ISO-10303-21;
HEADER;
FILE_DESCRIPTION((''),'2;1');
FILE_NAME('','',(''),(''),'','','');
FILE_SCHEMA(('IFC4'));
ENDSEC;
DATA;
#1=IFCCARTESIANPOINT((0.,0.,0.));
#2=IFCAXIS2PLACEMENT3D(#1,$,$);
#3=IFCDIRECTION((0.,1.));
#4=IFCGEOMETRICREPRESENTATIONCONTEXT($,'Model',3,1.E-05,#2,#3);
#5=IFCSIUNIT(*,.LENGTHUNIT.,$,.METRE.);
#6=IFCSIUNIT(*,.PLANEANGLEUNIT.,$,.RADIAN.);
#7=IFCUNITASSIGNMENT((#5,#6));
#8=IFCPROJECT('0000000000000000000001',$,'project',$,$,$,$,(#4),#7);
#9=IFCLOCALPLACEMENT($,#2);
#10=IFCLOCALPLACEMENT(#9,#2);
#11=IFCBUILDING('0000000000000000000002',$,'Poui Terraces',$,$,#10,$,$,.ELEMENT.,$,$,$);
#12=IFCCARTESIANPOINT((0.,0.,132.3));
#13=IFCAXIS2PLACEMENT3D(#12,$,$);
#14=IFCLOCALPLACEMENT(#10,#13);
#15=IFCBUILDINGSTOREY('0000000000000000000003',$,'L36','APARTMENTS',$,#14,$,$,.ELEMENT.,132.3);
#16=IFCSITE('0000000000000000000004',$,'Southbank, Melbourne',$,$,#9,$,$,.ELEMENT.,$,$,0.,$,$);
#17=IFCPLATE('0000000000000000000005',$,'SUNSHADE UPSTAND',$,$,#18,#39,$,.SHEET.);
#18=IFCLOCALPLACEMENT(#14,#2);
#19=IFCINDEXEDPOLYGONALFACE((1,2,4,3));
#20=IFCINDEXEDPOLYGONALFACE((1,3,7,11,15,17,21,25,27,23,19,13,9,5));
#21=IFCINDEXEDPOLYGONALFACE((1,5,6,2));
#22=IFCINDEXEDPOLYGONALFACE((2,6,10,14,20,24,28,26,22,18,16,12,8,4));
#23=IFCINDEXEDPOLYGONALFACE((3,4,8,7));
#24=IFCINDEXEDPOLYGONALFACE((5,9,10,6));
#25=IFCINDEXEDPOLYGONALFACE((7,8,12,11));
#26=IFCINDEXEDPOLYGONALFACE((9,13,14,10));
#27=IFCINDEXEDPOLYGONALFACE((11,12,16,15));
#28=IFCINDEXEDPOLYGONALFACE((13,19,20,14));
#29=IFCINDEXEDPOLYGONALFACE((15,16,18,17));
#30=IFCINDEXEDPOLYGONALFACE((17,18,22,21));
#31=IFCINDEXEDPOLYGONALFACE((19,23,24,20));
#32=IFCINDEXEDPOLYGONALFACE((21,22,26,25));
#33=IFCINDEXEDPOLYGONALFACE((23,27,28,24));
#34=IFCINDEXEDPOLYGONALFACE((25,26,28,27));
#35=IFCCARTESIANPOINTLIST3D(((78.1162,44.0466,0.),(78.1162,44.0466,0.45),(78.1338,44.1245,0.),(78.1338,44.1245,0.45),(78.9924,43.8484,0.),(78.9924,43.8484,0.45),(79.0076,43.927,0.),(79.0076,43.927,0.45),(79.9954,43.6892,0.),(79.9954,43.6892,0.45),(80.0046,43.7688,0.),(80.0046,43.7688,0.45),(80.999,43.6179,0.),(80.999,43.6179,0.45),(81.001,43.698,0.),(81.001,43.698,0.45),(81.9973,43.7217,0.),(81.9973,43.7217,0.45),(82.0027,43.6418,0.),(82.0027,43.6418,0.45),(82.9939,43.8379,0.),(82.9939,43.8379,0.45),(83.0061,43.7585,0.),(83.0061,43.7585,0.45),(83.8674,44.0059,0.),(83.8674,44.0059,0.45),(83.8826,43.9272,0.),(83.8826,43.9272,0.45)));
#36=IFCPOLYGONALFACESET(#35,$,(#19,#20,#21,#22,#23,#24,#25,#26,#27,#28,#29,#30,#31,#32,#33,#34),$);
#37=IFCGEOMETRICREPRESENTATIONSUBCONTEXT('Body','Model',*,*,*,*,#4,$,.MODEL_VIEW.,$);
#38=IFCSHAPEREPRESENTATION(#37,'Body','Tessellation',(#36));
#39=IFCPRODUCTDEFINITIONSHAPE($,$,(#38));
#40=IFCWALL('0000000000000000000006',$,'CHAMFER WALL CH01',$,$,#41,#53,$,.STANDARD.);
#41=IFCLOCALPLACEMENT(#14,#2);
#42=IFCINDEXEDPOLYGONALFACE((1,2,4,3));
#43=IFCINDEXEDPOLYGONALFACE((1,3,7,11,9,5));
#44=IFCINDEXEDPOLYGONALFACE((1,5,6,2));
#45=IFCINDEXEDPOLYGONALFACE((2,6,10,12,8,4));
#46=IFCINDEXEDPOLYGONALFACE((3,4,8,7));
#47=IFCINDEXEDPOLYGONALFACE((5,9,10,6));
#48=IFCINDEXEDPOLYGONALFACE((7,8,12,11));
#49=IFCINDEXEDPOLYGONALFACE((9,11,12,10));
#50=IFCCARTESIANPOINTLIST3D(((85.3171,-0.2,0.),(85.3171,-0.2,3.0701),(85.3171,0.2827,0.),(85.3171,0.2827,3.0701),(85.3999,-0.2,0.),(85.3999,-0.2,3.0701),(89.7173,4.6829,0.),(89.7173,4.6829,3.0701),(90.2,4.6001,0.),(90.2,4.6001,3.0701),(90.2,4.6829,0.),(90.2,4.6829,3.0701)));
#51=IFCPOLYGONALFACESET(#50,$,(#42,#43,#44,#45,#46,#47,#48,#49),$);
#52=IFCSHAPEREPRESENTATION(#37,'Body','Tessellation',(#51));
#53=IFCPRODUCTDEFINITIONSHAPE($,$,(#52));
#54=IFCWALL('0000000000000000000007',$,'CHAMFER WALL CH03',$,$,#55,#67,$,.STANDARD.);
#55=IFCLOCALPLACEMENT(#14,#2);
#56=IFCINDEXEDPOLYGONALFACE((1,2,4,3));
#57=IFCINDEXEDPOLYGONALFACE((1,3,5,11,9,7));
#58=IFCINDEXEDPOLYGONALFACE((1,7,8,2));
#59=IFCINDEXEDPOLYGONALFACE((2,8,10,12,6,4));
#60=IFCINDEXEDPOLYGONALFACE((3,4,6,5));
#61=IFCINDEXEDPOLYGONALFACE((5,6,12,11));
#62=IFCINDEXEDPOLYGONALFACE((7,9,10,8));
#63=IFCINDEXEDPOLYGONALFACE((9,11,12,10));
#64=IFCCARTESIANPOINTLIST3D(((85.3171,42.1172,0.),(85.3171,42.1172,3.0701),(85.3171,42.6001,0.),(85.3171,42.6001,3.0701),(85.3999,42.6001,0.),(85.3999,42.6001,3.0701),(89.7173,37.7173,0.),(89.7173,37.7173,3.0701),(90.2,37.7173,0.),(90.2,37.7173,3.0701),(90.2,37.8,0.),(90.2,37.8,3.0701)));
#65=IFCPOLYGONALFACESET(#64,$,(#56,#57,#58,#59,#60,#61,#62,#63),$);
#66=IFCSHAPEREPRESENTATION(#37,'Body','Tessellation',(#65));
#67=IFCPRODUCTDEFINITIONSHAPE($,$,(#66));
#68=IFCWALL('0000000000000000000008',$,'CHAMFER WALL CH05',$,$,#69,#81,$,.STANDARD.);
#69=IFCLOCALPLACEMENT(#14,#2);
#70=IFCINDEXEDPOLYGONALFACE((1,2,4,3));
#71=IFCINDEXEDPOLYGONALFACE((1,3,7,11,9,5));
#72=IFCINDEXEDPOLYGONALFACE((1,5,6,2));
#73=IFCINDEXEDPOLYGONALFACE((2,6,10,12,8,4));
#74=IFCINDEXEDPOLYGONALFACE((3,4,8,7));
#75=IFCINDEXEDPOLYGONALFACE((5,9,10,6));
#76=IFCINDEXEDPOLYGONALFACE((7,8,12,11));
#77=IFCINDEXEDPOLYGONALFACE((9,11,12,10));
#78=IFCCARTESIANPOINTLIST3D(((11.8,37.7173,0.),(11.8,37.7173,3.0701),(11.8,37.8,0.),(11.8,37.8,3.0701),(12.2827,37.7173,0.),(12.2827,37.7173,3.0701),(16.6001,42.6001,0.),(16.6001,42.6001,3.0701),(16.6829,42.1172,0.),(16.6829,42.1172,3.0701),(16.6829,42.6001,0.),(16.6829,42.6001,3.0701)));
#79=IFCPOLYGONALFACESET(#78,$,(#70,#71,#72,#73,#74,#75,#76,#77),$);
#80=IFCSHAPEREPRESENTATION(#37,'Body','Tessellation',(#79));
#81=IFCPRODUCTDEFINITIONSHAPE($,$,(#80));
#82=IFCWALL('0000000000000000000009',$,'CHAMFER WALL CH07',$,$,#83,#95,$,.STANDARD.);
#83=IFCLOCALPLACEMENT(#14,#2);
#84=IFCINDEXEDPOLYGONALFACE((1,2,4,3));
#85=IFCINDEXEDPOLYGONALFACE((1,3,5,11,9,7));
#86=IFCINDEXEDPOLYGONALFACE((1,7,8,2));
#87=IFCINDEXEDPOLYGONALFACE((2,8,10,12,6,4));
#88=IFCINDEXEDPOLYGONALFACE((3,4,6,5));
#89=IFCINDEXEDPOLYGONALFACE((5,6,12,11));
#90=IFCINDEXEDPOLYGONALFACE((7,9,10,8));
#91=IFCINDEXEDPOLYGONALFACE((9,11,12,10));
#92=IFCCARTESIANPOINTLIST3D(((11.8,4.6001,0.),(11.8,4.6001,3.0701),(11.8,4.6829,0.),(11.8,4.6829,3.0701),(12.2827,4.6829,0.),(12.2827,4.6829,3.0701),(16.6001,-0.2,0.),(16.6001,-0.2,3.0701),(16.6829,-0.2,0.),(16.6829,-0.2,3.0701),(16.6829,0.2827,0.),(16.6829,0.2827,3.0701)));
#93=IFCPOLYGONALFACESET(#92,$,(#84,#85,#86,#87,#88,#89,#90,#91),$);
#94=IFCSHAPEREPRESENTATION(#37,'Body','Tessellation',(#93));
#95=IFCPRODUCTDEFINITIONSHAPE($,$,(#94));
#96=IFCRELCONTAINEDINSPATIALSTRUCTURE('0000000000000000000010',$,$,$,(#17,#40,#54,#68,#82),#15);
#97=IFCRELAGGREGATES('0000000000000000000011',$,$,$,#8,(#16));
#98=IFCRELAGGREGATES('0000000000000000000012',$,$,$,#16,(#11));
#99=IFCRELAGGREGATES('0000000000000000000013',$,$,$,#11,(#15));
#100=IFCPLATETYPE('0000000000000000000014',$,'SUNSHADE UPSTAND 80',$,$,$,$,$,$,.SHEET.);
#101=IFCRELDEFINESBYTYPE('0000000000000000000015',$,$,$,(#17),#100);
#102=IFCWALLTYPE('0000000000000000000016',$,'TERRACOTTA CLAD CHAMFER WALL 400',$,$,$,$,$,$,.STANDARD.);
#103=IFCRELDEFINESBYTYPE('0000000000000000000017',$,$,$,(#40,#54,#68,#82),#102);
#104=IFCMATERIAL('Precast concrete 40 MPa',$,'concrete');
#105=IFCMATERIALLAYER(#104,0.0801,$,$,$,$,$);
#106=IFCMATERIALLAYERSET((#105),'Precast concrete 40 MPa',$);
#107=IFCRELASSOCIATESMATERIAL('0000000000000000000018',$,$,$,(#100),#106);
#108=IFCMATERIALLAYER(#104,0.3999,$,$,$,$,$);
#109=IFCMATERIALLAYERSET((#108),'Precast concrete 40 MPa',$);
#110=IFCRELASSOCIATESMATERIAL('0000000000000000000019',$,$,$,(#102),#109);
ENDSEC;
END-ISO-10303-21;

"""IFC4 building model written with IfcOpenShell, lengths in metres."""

from ifc_helpers import new_model, si_unit, direction, frame, origin, place, context, subcontext, project, spatial, polyline, outline, extrude, material, layer, layer_set, type_object, element, save


model = new_model("IFC4")

# Units and contexts
model_context = context("Model", 3, precision=1e-05, world=origin(), true_north=direction((0.0, 1.0)))
body_context = subcontext(model_context, "Body", "Model", "MODEL_VIEW")
ifc_project = project(units=[si_unit("LENGTHUNIT", "METRE"), si_unit("PLANEANGLEUNIT", "RADIAN")], contexts=[model_context])

# Site, building, storey
site_placement = place(None, origin())
site = spatial("IfcSite", under=ifc_project, at=site_placement, Name="Southbank, Melbourne", CompositionType="ELEMENT", RefElevation=0.0)
building_placement = place(site_placement, origin())
building = spatial("IfcBuilding", under=site, at=building_placement, Name="Poui Terraces", CompositionType="ELEMENT")
storey_placement = place(building_placement, frame((0.0, 0.0, 132.3)))
storey = spatial("IfcBuildingStorey", under=building, at=storey_placement, Name="L36", Description="APARTMENTS", CompositionType="ELEMENT", Elevation=132.3)

# Shared definitions
ifc_material_1 = material(Name="Precast concrete 40 MPa", Category="concrete")

# Plate
ifc_layer_1 = layer(ifc_material_1, 0.0801)
ifc_layer_set_1 = layer_set([ifc_layer_1], Name="Precast concrete 40 MPa")
plate_type = type_object("IfcPlateType", Name="SUNSHADE UPSTAND 80", PredefinedType="SHEET", material=ifc_layer_set_1)
plate_1_placement = place(storey_placement, origin())
element("IfcPlate", 1, at=plate_1_placement, inside=storey, type_object=plate_type, Name="SUNSHADE UPSTAND", PredefinedType="SHEET", context=body_context, shape_type="SweptSolid", body=[
    extrude(outline(polyline([(79.0076, 43.927), (78.1338, 44.1245), (78.1162, 44.0466), (78.9924, 43.8484), (79.9954, 43.6892), (80.999, 43.6179), (82.0027, 43.6418), (83.0061, 43.7585), (83.8826, 43.9272), (83.8674, 44.0059), (82.9939, 43.8379), (81.9973, 43.7217), (81.001, 43.698), (80.0046, 43.7688), (79.0076, 43.927)])), origin(), (0.0, 0.0, 1.0), 0.45),
])

# Walls
ifc_layer_2 = layer(ifc_material_1, 0.3999)
ifc_layer_set_2 = layer_set([ifc_layer_2], Name="Precast concrete 40 MPa")
wall_type = type_object("IfcWallType", Name="TERRACOTTA CLAD CHAMFER WALL 400", PredefinedType="STANDARD", material=ifc_layer_set_2)
wall_1_placement = place(storey_placement, origin())
element("IfcWall", 2, at=wall_1_placement, inside=storey, type_object=wall_type, Name="CHAMFER WALL CH01", PredefinedType="STANDARD", context=body_context, shape_type="SweptSolid", body=[
    extrude(outline(polyline([(85.3171, -0.2), (85.3999, -0.2), (90.2, 4.6001), (90.2, 4.6829), (89.7173, 4.6829), (85.3171, 0.2827), (85.3171, -0.2)])), origin(), (0.0, 0.0, 1.0), 3.0701),
])
wall_2_placement = place(storey_placement, origin())
element("IfcWall", 3, at=wall_2_placement, inside=storey, type_object=wall_type, Name="CHAMFER WALL CH03", PredefinedType="STANDARD", context=body_context, shape_type="SweptSolid", body=[
    extrude(outline(polyline([(90.2, 37.7173), (90.2, 37.8), (85.3999, 42.6001), (85.3171, 42.6001), (85.3171, 42.1172), (89.7173, 37.7173), (90.2, 37.7173)])), origin(), (0.0, 0.0, 1.0), 3.0701),
])
wall_3_placement = place(storey_placement, origin())
element("IfcWall", 4, at=wall_3_placement, inside=storey, type_object=wall_type, Name="CHAMFER WALL CH05", PredefinedType="STANDARD", context=body_context, shape_type="SweptSolid", body=[
    extrude(outline(polyline([(16.6829, 42.6001), (16.6001, 42.6001), (11.8, 37.8), (11.8, 37.7173), (12.2827, 37.7173), (16.6829, 42.1172), (16.6829, 42.6001)])), origin(), (0.0, 0.0, 1.0), 3.0701),
])
wall_4_placement = place(storey_placement, origin())
element("IfcWall", 5, at=wall_4_placement, inside=storey, type_object=wall_type, Name="CHAMFER WALL CH07", PredefinedType="STANDARD", context=body_context, shape_type="SweptSolid", body=[
    extrude(outline(polyline([(11.8, 4.6829), (11.8, 4.6001), (16.6001, -0.2), (16.6829, -0.2), (16.6829, 0.2827), (12.2827, 4.6829), (11.8, 4.6829)])), origin(), (0.0, 0.0, 1.0), 3.0701),
])

save(model, "model.ifc")
